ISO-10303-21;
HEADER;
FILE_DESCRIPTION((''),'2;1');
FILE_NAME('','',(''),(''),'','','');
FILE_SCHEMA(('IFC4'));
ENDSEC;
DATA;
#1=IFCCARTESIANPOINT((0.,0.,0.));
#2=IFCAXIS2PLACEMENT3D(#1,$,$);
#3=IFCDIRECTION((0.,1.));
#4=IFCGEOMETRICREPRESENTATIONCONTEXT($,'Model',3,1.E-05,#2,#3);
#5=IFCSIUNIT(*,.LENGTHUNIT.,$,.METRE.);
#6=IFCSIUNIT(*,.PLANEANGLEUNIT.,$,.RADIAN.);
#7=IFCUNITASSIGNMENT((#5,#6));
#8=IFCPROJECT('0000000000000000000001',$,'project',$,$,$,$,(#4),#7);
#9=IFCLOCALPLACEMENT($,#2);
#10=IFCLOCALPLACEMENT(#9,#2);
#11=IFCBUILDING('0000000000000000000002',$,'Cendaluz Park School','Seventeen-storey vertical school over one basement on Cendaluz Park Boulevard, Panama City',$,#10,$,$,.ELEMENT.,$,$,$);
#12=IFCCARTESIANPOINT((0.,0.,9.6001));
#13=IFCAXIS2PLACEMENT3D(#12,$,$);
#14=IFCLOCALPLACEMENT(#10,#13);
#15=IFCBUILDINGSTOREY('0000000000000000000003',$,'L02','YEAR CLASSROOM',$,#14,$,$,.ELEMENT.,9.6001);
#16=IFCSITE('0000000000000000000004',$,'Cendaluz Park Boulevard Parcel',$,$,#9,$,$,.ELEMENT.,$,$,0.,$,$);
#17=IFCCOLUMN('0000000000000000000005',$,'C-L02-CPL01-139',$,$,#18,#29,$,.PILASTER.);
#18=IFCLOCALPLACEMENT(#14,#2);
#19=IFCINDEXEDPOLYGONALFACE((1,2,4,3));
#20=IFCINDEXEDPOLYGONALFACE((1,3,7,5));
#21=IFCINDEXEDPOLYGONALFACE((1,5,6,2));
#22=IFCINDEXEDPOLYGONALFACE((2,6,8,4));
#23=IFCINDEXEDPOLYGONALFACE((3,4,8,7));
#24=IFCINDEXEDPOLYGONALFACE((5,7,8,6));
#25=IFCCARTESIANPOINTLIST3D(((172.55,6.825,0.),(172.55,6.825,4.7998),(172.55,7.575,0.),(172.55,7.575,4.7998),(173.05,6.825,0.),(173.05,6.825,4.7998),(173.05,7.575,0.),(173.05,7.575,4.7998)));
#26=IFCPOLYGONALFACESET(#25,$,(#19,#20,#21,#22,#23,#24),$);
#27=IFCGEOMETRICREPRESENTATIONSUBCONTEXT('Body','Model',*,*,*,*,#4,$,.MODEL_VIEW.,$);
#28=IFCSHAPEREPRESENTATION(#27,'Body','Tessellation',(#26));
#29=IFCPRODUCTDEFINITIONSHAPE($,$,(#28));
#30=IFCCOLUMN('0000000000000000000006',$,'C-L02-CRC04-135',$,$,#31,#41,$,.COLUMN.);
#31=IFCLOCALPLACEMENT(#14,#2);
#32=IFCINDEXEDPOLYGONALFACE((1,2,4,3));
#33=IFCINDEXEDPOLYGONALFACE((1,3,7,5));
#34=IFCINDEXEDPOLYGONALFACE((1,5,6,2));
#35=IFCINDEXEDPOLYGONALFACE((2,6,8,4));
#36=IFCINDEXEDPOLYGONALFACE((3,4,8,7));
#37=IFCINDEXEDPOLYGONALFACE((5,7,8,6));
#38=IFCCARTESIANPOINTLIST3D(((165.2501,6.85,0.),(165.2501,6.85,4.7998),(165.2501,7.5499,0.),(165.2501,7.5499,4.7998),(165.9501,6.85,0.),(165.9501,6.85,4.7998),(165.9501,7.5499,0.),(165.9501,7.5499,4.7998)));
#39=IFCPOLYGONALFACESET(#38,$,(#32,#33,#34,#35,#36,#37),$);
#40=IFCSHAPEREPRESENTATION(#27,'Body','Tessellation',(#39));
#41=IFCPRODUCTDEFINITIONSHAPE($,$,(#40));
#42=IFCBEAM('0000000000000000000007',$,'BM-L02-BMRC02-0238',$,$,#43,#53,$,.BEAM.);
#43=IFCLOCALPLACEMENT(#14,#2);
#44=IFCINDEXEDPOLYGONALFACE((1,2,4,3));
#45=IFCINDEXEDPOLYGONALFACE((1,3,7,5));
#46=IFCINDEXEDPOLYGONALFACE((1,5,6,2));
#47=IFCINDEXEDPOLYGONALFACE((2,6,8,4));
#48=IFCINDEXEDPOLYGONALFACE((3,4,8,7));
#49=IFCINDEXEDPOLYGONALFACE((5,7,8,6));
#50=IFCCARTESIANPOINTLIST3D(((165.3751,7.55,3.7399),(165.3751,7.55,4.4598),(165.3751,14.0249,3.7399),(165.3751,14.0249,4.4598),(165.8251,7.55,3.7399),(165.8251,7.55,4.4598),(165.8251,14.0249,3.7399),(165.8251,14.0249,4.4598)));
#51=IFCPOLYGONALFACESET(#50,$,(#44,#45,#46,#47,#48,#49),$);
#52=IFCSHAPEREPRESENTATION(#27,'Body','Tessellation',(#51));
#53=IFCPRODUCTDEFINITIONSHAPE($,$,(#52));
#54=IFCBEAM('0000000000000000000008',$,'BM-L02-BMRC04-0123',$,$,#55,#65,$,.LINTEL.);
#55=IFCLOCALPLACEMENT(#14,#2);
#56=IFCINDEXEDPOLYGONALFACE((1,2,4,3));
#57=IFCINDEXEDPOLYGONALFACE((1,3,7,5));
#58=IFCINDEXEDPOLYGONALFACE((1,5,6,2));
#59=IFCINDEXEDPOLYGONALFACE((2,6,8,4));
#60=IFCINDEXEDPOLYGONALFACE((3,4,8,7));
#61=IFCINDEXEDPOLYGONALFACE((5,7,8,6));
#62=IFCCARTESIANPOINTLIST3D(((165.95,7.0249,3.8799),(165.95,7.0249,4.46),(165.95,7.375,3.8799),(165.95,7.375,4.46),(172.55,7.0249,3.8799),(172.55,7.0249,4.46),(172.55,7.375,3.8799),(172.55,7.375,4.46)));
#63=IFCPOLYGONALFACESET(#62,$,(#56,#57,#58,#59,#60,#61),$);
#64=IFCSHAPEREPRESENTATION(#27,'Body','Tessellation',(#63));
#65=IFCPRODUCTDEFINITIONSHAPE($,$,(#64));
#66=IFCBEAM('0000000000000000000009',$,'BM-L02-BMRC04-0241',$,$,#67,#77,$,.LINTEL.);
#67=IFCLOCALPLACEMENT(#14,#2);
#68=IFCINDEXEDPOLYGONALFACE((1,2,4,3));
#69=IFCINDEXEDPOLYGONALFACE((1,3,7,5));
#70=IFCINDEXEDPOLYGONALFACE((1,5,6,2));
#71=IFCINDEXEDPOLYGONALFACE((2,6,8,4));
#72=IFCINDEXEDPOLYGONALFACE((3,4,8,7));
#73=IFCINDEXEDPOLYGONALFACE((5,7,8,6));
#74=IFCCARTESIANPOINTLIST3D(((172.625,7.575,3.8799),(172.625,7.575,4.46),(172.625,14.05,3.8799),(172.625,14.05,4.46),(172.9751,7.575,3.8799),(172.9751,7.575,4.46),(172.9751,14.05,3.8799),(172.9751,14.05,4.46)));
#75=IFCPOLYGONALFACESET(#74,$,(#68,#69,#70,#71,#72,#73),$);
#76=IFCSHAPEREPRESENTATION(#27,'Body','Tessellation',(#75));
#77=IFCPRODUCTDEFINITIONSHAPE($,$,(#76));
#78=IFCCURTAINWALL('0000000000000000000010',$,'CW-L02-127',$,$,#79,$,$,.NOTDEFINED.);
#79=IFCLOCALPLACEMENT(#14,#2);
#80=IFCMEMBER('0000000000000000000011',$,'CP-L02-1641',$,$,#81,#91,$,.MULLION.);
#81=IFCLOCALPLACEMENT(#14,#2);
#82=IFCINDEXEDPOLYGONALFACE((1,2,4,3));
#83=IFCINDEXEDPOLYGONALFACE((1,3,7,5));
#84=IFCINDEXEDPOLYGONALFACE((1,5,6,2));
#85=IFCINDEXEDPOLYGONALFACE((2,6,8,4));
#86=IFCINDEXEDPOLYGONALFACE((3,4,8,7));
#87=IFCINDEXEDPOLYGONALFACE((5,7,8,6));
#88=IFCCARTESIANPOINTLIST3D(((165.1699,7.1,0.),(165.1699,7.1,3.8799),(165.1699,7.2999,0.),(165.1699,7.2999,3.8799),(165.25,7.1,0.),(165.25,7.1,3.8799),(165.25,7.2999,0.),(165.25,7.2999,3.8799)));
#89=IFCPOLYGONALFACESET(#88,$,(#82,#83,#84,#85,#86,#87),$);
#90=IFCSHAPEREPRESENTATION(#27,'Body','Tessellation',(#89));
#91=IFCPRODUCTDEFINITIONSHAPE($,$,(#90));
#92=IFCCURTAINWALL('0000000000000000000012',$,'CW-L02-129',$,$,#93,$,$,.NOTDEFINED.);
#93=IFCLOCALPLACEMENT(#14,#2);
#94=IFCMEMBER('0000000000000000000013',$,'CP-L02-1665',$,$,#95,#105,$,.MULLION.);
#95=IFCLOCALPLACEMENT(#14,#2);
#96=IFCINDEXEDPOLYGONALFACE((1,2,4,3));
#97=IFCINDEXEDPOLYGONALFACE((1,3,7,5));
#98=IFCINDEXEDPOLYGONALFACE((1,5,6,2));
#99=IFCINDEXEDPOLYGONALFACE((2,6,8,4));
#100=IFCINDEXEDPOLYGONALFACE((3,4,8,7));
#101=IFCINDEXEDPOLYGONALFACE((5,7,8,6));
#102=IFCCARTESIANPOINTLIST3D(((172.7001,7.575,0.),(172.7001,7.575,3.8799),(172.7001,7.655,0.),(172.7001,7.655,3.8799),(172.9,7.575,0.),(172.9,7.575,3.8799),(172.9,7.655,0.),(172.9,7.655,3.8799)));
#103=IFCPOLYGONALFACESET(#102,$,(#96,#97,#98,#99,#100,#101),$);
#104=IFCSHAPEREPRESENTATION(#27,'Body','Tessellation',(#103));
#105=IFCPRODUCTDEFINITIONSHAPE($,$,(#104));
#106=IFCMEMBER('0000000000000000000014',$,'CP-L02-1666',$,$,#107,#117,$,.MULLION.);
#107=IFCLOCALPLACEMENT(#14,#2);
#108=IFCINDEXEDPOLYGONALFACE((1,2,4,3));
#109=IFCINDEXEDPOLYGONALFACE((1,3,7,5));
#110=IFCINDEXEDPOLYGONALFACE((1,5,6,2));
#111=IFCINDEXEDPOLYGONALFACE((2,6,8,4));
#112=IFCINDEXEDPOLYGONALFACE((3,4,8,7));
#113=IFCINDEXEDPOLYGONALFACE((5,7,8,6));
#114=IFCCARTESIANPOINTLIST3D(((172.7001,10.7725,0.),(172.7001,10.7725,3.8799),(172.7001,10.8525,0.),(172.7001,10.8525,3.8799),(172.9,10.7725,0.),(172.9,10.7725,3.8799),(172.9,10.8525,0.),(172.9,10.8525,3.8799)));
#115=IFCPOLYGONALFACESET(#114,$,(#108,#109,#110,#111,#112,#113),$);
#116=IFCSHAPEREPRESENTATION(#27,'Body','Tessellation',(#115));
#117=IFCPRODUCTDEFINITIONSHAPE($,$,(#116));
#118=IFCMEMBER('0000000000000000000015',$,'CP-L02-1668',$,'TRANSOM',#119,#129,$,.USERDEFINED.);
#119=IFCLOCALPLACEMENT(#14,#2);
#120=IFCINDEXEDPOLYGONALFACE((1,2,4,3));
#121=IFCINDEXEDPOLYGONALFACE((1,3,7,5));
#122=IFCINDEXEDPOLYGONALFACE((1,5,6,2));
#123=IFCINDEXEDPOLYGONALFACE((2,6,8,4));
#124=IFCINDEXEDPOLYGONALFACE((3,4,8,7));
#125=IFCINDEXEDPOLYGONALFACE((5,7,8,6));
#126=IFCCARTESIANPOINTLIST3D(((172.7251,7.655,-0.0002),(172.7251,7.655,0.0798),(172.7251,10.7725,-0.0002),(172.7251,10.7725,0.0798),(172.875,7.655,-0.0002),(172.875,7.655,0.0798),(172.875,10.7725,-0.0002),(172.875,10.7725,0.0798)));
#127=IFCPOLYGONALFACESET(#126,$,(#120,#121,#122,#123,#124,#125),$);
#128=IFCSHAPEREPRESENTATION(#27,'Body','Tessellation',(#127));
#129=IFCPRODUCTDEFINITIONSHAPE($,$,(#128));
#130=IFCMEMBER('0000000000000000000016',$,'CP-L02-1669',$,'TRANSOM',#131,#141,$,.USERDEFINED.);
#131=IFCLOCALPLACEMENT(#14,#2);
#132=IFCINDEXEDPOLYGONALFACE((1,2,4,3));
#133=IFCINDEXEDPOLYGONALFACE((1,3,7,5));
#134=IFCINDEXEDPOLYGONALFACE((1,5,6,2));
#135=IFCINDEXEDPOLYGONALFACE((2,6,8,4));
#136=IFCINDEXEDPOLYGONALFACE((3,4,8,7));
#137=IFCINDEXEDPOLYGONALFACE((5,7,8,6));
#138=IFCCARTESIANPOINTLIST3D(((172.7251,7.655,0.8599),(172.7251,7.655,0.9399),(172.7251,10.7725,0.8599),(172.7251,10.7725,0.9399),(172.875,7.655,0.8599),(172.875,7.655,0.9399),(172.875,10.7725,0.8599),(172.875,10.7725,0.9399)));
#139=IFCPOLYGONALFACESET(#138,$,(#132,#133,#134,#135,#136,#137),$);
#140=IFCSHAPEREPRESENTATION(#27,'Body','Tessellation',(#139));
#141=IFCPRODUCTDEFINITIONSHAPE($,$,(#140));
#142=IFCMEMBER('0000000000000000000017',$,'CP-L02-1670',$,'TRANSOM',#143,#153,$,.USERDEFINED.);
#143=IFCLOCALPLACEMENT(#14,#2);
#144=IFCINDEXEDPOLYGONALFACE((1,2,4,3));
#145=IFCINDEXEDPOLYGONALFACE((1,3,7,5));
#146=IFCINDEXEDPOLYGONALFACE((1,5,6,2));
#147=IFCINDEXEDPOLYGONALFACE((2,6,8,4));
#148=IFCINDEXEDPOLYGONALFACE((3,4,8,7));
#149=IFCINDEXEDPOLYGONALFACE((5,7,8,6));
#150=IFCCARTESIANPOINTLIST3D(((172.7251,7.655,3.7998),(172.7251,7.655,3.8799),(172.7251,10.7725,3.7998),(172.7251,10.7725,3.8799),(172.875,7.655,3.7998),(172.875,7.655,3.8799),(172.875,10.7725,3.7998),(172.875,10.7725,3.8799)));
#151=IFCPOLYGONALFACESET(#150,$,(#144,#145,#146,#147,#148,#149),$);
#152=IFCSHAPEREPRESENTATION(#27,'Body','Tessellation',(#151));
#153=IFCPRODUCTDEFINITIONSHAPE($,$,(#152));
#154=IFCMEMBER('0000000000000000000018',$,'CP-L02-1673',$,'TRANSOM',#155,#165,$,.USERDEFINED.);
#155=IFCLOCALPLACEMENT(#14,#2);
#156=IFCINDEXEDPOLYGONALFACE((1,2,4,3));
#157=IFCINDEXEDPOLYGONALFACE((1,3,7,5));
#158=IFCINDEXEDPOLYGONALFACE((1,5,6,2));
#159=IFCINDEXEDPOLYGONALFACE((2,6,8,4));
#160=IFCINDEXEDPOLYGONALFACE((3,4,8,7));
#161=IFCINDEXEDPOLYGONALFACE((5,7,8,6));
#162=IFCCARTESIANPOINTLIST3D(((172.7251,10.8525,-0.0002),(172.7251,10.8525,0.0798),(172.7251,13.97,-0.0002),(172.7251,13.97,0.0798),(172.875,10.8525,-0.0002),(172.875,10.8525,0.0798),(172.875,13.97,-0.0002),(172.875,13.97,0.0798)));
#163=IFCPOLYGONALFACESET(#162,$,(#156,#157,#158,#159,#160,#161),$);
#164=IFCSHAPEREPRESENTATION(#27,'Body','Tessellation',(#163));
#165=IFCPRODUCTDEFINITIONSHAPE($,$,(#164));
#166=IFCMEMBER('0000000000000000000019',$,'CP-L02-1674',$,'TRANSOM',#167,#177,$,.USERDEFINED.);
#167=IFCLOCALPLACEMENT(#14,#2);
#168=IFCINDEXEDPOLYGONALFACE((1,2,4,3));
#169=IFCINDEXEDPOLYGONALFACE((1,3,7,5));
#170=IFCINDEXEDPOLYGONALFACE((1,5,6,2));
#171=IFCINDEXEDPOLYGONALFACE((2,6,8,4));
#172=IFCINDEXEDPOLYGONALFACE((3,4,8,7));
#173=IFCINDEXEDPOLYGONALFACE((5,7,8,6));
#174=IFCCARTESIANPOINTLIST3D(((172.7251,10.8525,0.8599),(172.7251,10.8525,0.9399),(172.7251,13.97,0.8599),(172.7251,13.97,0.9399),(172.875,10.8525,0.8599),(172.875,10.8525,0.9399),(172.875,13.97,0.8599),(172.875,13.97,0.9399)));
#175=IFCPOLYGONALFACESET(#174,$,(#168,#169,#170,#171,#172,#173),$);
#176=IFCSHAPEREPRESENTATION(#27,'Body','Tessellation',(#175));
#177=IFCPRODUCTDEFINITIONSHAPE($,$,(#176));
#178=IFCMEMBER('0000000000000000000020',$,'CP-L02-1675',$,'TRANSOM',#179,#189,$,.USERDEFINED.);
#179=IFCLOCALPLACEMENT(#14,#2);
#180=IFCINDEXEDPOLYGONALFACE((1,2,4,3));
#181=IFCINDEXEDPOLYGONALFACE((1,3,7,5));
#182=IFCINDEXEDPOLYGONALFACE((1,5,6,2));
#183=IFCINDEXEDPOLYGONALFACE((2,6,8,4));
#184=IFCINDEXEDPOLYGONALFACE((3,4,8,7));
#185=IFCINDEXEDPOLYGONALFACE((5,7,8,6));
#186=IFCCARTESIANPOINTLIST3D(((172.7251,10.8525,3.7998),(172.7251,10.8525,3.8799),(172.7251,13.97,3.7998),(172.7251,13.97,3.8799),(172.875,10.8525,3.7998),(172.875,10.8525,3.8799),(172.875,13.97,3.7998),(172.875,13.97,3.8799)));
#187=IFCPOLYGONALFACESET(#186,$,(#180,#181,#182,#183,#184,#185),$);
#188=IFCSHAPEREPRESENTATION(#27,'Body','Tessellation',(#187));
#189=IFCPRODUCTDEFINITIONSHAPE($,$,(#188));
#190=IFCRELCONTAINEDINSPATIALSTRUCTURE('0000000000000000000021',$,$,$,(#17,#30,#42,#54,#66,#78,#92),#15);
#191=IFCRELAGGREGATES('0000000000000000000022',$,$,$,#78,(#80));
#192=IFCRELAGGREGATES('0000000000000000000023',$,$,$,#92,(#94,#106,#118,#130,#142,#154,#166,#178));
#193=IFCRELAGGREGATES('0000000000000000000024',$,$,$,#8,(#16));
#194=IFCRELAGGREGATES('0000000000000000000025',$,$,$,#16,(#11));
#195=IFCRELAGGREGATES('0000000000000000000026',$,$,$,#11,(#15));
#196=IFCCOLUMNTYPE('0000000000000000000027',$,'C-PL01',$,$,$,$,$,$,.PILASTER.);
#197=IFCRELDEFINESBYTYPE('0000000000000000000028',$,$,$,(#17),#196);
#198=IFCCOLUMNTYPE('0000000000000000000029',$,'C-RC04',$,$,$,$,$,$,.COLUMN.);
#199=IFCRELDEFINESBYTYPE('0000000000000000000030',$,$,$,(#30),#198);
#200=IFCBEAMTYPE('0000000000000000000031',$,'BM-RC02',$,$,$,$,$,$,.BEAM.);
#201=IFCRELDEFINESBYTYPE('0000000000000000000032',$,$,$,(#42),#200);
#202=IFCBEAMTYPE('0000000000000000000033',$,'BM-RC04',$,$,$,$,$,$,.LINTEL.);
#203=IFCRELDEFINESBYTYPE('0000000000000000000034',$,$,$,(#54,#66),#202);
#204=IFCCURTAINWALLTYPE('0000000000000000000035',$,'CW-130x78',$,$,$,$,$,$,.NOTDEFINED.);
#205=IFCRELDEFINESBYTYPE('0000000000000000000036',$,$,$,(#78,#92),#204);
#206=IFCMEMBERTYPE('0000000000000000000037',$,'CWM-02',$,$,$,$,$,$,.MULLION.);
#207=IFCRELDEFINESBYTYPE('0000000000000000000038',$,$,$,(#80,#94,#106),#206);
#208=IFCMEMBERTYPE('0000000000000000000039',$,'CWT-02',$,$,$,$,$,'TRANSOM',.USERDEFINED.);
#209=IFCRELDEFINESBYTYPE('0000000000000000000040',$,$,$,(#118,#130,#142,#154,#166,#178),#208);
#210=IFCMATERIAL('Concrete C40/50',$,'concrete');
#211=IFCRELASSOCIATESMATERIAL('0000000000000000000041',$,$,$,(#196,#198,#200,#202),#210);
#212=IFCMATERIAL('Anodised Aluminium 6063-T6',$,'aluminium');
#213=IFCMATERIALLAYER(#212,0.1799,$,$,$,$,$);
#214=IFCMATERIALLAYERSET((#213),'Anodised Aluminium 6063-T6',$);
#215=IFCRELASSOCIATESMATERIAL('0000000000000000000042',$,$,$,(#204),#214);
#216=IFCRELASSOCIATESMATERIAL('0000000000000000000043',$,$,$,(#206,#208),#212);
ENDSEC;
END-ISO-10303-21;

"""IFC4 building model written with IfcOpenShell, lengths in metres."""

from ifc_helpers import new_model, si_unit, direction, frame, origin, origin_2d, place, context, subcontext, project, spatial, rectangle, extrude, material, layer, layer_set, material_profile, profile_set, type_object, element, aggregate, save


model = new_model("IFC4")

# Units and contexts
model_context = context("Model", 3, precision=1e-05, world=origin(), true_north=direction((0.0, 1.0)))
body_context = subcontext(model_context, "Body", "Model", "MODEL_VIEW")
ifc_project = project(units=[si_unit("LENGTHUNIT", "METRE"), si_unit("PLANEANGLEUNIT", "RADIAN")], contexts=[model_context])

# Site, building, storey
site_placement = place(None, origin())
site = spatial("IfcSite", under=ifc_project, at=site_placement, Name="Cendaluz Park Boulevard Parcel", CompositionType="ELEMENT", RefElevation=0.0)
building_placement = place(site_placement, origin())
building = spatial("IfcBuilding", under=site, at=building_placement, Name="Cendaluz Park School", Description="Seventeen-storey vertical school over one basement on Cendaluz Park Boulevard, Panama City", CompositionType="ELEMENT")
storey_placement = place(building_placement, frame((0.0, 0.0, 9.6001)))
storey = spatial("IfcBuildingStorey", under=building, at=storey_placement, Name="L02", Description="YEAR CLASSROOM", CompositionType="ELEMENT", Elevation=9.6001)

# Columns
ifc_material_1 = material(Name="Concrete C40/50", Category="concrete")
ifc_material_profile_1 = material_profile(ifc_material_1, rectangle(XDim=0.5, YDim=0.75, at=origin_2d()), Name="RC 500x750", Category="concrete")
ifc_profile_set_1 = profile_set([ifc_material_profile_1], Name="Concrete C40/50")
column_type_1 = type_object("IfcColumnType", Name="C-PL01", PredefinedType="PILASTER", material=ifc_profile_set_1)
column_1_placement = place(storey_placement, frame((172.8, 7.2, 0.0), z_axis=(0.0, 0.0, 1.0), x_axis=(1.0, 0.0, 0.0)))
element("IfcColumn", 1, at=column_1_placement, inside=storey, type_object=column_type_1, Name="C-L02-CPL01-139", PredefinedType="PILASTER", context=body_context, shape_type="SweptSolid", body=[
    extrude(rectangle(XDim=0.5, YDim=0.75, at=origin_2d()), origin(), (0.0, 0.0, 1.0), 4.7998),
])
ifc_material_profile_2 = material_profile(ifc_material_1, rectangle(XDim=0.7, YDim=0.7, at=origin_2d()), Name="RC 700x700", Category="concrete")
ifc_profile_set_2 = profile_set([ifc_material_profile_2], Name="Concrete C40/50")
column_type_2 = type_object("IfcColumnType", Name="C-RC04", PredefinedType="COLUMN", material=ifc_profile_set_2)
column_2_placement = place(storey_placement, frame((165.6001, 7.2, 0.0), z_axis=(0.0, 0.0, 1.0), x_axis=(1.0, 0.0, 0.0)))
element("IfcColumn", 2, at=column_2_placement, inside=storey, type_object=column_type_2, Name="C-L02-CRC04-135", PredefinedType="COLUMN", context=body_context, shape_type="SweptSolid", body=[
    extrude(rectangle(XDim=0.7, YDim=0.7, at=origin_2d()), origin(), (0.0, 0.0, 1.0), 4.7998),
])

# Beams
ifc_material_profile_3 = material_profile(ifc_material_1, rectangle(XDim=0.45, YDim=0.72, at=origin_2d()), Name="RC 450x720", Category="concrete")
ifc_profile_set_3 = profile_set([ifc_material_profile_3], Name="Concrete C40/50")
beam_type_1 = type_object("IfcBeamType", Name="BM-RC02", PredefinedType="BEAM", material=ifc_profile_set_3)
beam_1_placement = place(storey_placement, frame((165.6001, 7.55, 4.0999), z_axis=(0.0, 1.0, 0.0), x_axis=(-1.0, 0.0, 0.0)))
element("IfcBeam", 3, at=beam_1_placement, inside=storey, type_object=beam_type_1, Name="BM-L02-BMRC02-0238", PredefinedType="BEAM", context=body_context, shape_type="SweptSolid", body=[
    extrude(rectangle(XDim=0.45, YDim=0.72, at=origin_2d()), origin(), (0.0, 0.0, 1.0), 6.4749),
])
ifc_material_profile_4 = material_profile(ifc_material_1, rectangle(XDim=0.3501, YDim=0.5801, at=origin_2d()), Name="RC 350x580", Category="concrete")
ifc_profile_set_4 = profile_set([ifc_material_profile_4], Name="Concrete C40/50")
beam_type_2 = type_object("IfcBeamType", Name="BM-RC04", PredefinedType="LINTEL", material=ifc_profile_set_4)
beam_2_placement = place(storey_placement, frame((165.95, 7.2, 4.1699), z_axis=(1.0, 0.0, 0.0), x_axis=(0.0, 1.0, 0.0)))
element("IfcBeam", 4, at=beam_2_placement, inside=storey, type_object=beam_type_2, Name="BM-L02-BMRC04-0123", PredefinedType="LINTEL", context=body_context, shape_type="SweptSolid", body=[
    extrude(rectangle(XDim=0.3501, YDim=0.5801, at=origin_2d()), origin(), (0.0, 0.0, 1.0), 6.6001),
])
beam_3_placement = place(storey_placement, frame((172.8, 7.575, 4.1699), z_axis=(0.0, 1.0, 0.0), x_axis=(-1.0, 0.0, 0.0)))
element("IfcBeam", 5, at=beam_3_placement, inside=storey, type_object=beam_type_2, Name="BM-L02-BMRC04-0241", PredefinedType="LINTEL", context=body_context, shape_type="SweptSolid", body=[
    extrude(rectangle(XDim=0.3501, YDim=0.5801, at=origin_2d()), origin(), (0.0, 0.0, 1.0), 6.4751),
])

# Curtain wall, member
ifc_material_2 = material(Name="Anodised Aluminium 6063-T6", Category="aluminium")
ifc_layer_1 = layer(ifc_material_2, 0.1799)
ifc_layer_set_1 = layer_set([ifc_layer_1], Name="Anodised Aluminium 6063-T6")
curtain_wall_type = type_object("IfcCurtainWallType", Name="CW-130x78", PredefinedType="NOTDEFINED", material=ifc_layer_set_1)
curtain_wall_1_placement = place(storey_placement, origin())
curtain_wall_1 = element("IfcCurtainWall", 6, at=curtain_wall_1_placement, inside=storey, type_object=curtain_wall_type, Name="CW-L02-127", PredefinedType="NOTDEFINED")
ifc_material_profile_5 = material_profile(ifc_material_2, rectangle(XDim=0.2, YDim=0.0801, at=origin_2d()), Name="CWM 200x80", Category="aluminium")
ifc_profile_set_5 = profile_set([ifc_material_profile_5], Name="Anodised Aluminium 6063-T6")
member_type_1 = type_object("IfcMemberType", Name="CWM-02", PredefinedType="MULLION", material=ifc_profile_set_5)
member_1_placement = place(storey_placement, frame((165.21, 7.2, 0.0), z_axis=(0.0, 0.0, 1.0), x_axis=(0.0, 1.0, 0.0)))
member_1 = element("IfcMember", 7, at=member_1_placement, type_object=member_type_1, Name="CP-L02-1641", PredefinedType="MULLION", context=body_context, shape_type="SweptSolid", body=[
    extrude(rectangle(XDim=0.2, YDim=0.0801, at=origin_2d()), origin(), (0.0, 0.0, 1.0), 3.8799),
])
aggregate(curtain_wall_1, [member_1])

# Curtain wall, members
curtain_wall_2_placement = place(storey_placement, origin())
curtain_wall_2 = element("IfcCurtainWall", 8, at=curtain_wall_2_placement, inside=storey, type_object=curtain_wall_type, Name="CW-L02-129", PredefinedType="NOTDEFINED")
member_2_placement = place(storey_placement, frame((172.8, 7.615, 0.0), z_axis=(0.0, 0.0, 1.0), x_axis=(-1.0, 0.0, 0.0)))
member_2 = element("IfcMember", 9, at=member_2_placement, type_object=member_type_1, Name="CP-L02-1665", PredefinedType="MULLION", context=body_context, shape_type="SweptSolid", body=[
    extrude(rectangle(XDim=0.2, YDim=0.0801, at=origin_2d()), origin(), (0.0, 0.0, 1.0), 3.8799),
])
member_3_placement = place(storey_placement, frame((172.8, 10.8125, 0.0), z_axis=(0.0, 0.0, 1.0), x_axis=(-1.0, 0.0, 0.0)))
member_3 = element("IfcMember", 10, at=member_3_placement, type_object=member_type_1, Name="CP-L02-1666", PredefinedType="MULLION", context=body_context, shape_type="SweptSolid", body=[
    extrude(rectangle(XDim=0.2, YDim=0.0801, at=origin_2d()), origin(), (0.0, 0.0, 1.0), 3.8799),
])
ifc_material_profile_6 = material_profile(ifc_material_2, rectangle(XDim=0.1499, YDim=0.0801, at=origin_2d()), Name="CWT 150x80", Category="aluminium")
ifc_profile_set_6 = profile_set([ifc_material_profile_6], Name="Anodised Aluminium 6063-T6")
member_type_2 = type_object("IfcMemberType", Name="CWT-02", ElementType="TRANSOM", PredefinedType="USERDEFINED", material=ifc_profile_set_6)
member_4_placement = place(storey_placement, frame((172.8, 7.655, 0.0398), z_axis=(0.0, 1.0, 0.0), x_axis=(-1.0, 0.0, 0.0)))
member_4 = element("IfcMember", 11, at=member_4_placement, type_object=member_type_2, Name="CP-L02-1668", ObjectType="TRANSOM", PredefinedType="USERDEFINED", context=body_context, shape_type="SweptSolid", body=[
    extrude(rectangle(XDim=0.1499, YDim=0.0801, at=origin_2d()), origin(), (0.0, 0.0, 1.0), 3.1174),
])
member_5_placement = place(storey_placement, frame((172.8, 7.655, 0.8999), z_axis=(0.0, 1.0, 0.0), x_axis=(-1.0, 0.0, 0.0)))
member_5 = element("IfcMember", 12, at=member_5_placement, type_object=member_type_2, Name="CP-L02-1669", ObjectType="TRANSOM", PredefinedType="USERDEFINED", context=body_context, shape_type="SweptSolid", body=[
    extrude(rectangle(XDim=0.1499, YDim=0.0801, at=origin_2d()), origin(), (0.0, 0.0, 1.0), 3.1174),
])
member_6_placement = place(storey_placement, frame((172.8, 7.655, 3.8398), z_axis=(0.0, 1.0, 0.0), x_axis=(-1.0, 0.0, 0.0)))
member_6 = element("IfcMember", 13, at=member_6_placement, type_object=member_type_2, Name="CP-L02-1670", ObjectType="TRANSOM", PredefinedType="USERDEFINED", context=body_context, shape_type="SweptSolid", body=[
    extrude(rectangle(XDim=0.1499, YDim=0.0801, at=origin_2d()), origin(), (0.0, 0.0, 1.0), 3.1174),
])
member_7_placement = place(storey_placement, frame((172.8, 10.8525, 0.0398), z_axis=(0.0, 1.0, 0.0), x_axis=(-1.0, 0.0, 0.0)))
member_7 = element("IfcMember", 14, at=member_7_placement, type_object=member_type_2, Name="CP-L02-1673", ObjectType="TRANSOM", PredefinedType="USERDEFINED", context=body_context, shape_type="SweptSolid", body=[
    extrude(rectangle(XDim=0.1499, YDim=0.0801, at=origin_2d()), origin(), (0.0, 0.0, 1.0), 3.1174),
])
member_8_placement = place(storey_placement, frame((172.8, 10.8525, 0.8999), z_axis=(0.0, 1.0, 0.0), x_axis=(-1.0, 0.0, 0.0)))
member_8 = element("IfcMember", 15, at=member_8_placement, type_object=member_type_2, Name="CP-L02-1674", ObjectType="TRANSOM", PredefinedType="USERDEFINED", context=body_context, shape_type="SweptSolid", body=[
    extrude(rectangle(XDim=0.1499, YDim=0.0801, at=origin_2d()), origin(), (0.0, 0.0, 1.0), 3.1174),
])
member_9_placement = place(storey_placement, frame((172.8, 10.8525, 3.8398), z_axis=(0.0, 1.0, 0.0), x_axis=(-1.0, 0.0, 0.0)))
member_9 = element("IfcMember", 16, at=member_9_placement, type_object=member_type_2, Name="CP-L02-1675", ObjectType="TRANSOM", PredefinedType="USERDEFINED", context=body_context, shape_type="SweptSolid", body=[
    extrude(rectangle(XDim=0.1499, YDim=0.0801, at=origin_2d()), origin(), (0.0, 0.0, 1.0), 3.1174),
])

aggregate(curtain_wall_2, [member_2, member_3, member_4, member_5, member_6, member_7, member_8, member_9])

save(model, "model.ifc")
